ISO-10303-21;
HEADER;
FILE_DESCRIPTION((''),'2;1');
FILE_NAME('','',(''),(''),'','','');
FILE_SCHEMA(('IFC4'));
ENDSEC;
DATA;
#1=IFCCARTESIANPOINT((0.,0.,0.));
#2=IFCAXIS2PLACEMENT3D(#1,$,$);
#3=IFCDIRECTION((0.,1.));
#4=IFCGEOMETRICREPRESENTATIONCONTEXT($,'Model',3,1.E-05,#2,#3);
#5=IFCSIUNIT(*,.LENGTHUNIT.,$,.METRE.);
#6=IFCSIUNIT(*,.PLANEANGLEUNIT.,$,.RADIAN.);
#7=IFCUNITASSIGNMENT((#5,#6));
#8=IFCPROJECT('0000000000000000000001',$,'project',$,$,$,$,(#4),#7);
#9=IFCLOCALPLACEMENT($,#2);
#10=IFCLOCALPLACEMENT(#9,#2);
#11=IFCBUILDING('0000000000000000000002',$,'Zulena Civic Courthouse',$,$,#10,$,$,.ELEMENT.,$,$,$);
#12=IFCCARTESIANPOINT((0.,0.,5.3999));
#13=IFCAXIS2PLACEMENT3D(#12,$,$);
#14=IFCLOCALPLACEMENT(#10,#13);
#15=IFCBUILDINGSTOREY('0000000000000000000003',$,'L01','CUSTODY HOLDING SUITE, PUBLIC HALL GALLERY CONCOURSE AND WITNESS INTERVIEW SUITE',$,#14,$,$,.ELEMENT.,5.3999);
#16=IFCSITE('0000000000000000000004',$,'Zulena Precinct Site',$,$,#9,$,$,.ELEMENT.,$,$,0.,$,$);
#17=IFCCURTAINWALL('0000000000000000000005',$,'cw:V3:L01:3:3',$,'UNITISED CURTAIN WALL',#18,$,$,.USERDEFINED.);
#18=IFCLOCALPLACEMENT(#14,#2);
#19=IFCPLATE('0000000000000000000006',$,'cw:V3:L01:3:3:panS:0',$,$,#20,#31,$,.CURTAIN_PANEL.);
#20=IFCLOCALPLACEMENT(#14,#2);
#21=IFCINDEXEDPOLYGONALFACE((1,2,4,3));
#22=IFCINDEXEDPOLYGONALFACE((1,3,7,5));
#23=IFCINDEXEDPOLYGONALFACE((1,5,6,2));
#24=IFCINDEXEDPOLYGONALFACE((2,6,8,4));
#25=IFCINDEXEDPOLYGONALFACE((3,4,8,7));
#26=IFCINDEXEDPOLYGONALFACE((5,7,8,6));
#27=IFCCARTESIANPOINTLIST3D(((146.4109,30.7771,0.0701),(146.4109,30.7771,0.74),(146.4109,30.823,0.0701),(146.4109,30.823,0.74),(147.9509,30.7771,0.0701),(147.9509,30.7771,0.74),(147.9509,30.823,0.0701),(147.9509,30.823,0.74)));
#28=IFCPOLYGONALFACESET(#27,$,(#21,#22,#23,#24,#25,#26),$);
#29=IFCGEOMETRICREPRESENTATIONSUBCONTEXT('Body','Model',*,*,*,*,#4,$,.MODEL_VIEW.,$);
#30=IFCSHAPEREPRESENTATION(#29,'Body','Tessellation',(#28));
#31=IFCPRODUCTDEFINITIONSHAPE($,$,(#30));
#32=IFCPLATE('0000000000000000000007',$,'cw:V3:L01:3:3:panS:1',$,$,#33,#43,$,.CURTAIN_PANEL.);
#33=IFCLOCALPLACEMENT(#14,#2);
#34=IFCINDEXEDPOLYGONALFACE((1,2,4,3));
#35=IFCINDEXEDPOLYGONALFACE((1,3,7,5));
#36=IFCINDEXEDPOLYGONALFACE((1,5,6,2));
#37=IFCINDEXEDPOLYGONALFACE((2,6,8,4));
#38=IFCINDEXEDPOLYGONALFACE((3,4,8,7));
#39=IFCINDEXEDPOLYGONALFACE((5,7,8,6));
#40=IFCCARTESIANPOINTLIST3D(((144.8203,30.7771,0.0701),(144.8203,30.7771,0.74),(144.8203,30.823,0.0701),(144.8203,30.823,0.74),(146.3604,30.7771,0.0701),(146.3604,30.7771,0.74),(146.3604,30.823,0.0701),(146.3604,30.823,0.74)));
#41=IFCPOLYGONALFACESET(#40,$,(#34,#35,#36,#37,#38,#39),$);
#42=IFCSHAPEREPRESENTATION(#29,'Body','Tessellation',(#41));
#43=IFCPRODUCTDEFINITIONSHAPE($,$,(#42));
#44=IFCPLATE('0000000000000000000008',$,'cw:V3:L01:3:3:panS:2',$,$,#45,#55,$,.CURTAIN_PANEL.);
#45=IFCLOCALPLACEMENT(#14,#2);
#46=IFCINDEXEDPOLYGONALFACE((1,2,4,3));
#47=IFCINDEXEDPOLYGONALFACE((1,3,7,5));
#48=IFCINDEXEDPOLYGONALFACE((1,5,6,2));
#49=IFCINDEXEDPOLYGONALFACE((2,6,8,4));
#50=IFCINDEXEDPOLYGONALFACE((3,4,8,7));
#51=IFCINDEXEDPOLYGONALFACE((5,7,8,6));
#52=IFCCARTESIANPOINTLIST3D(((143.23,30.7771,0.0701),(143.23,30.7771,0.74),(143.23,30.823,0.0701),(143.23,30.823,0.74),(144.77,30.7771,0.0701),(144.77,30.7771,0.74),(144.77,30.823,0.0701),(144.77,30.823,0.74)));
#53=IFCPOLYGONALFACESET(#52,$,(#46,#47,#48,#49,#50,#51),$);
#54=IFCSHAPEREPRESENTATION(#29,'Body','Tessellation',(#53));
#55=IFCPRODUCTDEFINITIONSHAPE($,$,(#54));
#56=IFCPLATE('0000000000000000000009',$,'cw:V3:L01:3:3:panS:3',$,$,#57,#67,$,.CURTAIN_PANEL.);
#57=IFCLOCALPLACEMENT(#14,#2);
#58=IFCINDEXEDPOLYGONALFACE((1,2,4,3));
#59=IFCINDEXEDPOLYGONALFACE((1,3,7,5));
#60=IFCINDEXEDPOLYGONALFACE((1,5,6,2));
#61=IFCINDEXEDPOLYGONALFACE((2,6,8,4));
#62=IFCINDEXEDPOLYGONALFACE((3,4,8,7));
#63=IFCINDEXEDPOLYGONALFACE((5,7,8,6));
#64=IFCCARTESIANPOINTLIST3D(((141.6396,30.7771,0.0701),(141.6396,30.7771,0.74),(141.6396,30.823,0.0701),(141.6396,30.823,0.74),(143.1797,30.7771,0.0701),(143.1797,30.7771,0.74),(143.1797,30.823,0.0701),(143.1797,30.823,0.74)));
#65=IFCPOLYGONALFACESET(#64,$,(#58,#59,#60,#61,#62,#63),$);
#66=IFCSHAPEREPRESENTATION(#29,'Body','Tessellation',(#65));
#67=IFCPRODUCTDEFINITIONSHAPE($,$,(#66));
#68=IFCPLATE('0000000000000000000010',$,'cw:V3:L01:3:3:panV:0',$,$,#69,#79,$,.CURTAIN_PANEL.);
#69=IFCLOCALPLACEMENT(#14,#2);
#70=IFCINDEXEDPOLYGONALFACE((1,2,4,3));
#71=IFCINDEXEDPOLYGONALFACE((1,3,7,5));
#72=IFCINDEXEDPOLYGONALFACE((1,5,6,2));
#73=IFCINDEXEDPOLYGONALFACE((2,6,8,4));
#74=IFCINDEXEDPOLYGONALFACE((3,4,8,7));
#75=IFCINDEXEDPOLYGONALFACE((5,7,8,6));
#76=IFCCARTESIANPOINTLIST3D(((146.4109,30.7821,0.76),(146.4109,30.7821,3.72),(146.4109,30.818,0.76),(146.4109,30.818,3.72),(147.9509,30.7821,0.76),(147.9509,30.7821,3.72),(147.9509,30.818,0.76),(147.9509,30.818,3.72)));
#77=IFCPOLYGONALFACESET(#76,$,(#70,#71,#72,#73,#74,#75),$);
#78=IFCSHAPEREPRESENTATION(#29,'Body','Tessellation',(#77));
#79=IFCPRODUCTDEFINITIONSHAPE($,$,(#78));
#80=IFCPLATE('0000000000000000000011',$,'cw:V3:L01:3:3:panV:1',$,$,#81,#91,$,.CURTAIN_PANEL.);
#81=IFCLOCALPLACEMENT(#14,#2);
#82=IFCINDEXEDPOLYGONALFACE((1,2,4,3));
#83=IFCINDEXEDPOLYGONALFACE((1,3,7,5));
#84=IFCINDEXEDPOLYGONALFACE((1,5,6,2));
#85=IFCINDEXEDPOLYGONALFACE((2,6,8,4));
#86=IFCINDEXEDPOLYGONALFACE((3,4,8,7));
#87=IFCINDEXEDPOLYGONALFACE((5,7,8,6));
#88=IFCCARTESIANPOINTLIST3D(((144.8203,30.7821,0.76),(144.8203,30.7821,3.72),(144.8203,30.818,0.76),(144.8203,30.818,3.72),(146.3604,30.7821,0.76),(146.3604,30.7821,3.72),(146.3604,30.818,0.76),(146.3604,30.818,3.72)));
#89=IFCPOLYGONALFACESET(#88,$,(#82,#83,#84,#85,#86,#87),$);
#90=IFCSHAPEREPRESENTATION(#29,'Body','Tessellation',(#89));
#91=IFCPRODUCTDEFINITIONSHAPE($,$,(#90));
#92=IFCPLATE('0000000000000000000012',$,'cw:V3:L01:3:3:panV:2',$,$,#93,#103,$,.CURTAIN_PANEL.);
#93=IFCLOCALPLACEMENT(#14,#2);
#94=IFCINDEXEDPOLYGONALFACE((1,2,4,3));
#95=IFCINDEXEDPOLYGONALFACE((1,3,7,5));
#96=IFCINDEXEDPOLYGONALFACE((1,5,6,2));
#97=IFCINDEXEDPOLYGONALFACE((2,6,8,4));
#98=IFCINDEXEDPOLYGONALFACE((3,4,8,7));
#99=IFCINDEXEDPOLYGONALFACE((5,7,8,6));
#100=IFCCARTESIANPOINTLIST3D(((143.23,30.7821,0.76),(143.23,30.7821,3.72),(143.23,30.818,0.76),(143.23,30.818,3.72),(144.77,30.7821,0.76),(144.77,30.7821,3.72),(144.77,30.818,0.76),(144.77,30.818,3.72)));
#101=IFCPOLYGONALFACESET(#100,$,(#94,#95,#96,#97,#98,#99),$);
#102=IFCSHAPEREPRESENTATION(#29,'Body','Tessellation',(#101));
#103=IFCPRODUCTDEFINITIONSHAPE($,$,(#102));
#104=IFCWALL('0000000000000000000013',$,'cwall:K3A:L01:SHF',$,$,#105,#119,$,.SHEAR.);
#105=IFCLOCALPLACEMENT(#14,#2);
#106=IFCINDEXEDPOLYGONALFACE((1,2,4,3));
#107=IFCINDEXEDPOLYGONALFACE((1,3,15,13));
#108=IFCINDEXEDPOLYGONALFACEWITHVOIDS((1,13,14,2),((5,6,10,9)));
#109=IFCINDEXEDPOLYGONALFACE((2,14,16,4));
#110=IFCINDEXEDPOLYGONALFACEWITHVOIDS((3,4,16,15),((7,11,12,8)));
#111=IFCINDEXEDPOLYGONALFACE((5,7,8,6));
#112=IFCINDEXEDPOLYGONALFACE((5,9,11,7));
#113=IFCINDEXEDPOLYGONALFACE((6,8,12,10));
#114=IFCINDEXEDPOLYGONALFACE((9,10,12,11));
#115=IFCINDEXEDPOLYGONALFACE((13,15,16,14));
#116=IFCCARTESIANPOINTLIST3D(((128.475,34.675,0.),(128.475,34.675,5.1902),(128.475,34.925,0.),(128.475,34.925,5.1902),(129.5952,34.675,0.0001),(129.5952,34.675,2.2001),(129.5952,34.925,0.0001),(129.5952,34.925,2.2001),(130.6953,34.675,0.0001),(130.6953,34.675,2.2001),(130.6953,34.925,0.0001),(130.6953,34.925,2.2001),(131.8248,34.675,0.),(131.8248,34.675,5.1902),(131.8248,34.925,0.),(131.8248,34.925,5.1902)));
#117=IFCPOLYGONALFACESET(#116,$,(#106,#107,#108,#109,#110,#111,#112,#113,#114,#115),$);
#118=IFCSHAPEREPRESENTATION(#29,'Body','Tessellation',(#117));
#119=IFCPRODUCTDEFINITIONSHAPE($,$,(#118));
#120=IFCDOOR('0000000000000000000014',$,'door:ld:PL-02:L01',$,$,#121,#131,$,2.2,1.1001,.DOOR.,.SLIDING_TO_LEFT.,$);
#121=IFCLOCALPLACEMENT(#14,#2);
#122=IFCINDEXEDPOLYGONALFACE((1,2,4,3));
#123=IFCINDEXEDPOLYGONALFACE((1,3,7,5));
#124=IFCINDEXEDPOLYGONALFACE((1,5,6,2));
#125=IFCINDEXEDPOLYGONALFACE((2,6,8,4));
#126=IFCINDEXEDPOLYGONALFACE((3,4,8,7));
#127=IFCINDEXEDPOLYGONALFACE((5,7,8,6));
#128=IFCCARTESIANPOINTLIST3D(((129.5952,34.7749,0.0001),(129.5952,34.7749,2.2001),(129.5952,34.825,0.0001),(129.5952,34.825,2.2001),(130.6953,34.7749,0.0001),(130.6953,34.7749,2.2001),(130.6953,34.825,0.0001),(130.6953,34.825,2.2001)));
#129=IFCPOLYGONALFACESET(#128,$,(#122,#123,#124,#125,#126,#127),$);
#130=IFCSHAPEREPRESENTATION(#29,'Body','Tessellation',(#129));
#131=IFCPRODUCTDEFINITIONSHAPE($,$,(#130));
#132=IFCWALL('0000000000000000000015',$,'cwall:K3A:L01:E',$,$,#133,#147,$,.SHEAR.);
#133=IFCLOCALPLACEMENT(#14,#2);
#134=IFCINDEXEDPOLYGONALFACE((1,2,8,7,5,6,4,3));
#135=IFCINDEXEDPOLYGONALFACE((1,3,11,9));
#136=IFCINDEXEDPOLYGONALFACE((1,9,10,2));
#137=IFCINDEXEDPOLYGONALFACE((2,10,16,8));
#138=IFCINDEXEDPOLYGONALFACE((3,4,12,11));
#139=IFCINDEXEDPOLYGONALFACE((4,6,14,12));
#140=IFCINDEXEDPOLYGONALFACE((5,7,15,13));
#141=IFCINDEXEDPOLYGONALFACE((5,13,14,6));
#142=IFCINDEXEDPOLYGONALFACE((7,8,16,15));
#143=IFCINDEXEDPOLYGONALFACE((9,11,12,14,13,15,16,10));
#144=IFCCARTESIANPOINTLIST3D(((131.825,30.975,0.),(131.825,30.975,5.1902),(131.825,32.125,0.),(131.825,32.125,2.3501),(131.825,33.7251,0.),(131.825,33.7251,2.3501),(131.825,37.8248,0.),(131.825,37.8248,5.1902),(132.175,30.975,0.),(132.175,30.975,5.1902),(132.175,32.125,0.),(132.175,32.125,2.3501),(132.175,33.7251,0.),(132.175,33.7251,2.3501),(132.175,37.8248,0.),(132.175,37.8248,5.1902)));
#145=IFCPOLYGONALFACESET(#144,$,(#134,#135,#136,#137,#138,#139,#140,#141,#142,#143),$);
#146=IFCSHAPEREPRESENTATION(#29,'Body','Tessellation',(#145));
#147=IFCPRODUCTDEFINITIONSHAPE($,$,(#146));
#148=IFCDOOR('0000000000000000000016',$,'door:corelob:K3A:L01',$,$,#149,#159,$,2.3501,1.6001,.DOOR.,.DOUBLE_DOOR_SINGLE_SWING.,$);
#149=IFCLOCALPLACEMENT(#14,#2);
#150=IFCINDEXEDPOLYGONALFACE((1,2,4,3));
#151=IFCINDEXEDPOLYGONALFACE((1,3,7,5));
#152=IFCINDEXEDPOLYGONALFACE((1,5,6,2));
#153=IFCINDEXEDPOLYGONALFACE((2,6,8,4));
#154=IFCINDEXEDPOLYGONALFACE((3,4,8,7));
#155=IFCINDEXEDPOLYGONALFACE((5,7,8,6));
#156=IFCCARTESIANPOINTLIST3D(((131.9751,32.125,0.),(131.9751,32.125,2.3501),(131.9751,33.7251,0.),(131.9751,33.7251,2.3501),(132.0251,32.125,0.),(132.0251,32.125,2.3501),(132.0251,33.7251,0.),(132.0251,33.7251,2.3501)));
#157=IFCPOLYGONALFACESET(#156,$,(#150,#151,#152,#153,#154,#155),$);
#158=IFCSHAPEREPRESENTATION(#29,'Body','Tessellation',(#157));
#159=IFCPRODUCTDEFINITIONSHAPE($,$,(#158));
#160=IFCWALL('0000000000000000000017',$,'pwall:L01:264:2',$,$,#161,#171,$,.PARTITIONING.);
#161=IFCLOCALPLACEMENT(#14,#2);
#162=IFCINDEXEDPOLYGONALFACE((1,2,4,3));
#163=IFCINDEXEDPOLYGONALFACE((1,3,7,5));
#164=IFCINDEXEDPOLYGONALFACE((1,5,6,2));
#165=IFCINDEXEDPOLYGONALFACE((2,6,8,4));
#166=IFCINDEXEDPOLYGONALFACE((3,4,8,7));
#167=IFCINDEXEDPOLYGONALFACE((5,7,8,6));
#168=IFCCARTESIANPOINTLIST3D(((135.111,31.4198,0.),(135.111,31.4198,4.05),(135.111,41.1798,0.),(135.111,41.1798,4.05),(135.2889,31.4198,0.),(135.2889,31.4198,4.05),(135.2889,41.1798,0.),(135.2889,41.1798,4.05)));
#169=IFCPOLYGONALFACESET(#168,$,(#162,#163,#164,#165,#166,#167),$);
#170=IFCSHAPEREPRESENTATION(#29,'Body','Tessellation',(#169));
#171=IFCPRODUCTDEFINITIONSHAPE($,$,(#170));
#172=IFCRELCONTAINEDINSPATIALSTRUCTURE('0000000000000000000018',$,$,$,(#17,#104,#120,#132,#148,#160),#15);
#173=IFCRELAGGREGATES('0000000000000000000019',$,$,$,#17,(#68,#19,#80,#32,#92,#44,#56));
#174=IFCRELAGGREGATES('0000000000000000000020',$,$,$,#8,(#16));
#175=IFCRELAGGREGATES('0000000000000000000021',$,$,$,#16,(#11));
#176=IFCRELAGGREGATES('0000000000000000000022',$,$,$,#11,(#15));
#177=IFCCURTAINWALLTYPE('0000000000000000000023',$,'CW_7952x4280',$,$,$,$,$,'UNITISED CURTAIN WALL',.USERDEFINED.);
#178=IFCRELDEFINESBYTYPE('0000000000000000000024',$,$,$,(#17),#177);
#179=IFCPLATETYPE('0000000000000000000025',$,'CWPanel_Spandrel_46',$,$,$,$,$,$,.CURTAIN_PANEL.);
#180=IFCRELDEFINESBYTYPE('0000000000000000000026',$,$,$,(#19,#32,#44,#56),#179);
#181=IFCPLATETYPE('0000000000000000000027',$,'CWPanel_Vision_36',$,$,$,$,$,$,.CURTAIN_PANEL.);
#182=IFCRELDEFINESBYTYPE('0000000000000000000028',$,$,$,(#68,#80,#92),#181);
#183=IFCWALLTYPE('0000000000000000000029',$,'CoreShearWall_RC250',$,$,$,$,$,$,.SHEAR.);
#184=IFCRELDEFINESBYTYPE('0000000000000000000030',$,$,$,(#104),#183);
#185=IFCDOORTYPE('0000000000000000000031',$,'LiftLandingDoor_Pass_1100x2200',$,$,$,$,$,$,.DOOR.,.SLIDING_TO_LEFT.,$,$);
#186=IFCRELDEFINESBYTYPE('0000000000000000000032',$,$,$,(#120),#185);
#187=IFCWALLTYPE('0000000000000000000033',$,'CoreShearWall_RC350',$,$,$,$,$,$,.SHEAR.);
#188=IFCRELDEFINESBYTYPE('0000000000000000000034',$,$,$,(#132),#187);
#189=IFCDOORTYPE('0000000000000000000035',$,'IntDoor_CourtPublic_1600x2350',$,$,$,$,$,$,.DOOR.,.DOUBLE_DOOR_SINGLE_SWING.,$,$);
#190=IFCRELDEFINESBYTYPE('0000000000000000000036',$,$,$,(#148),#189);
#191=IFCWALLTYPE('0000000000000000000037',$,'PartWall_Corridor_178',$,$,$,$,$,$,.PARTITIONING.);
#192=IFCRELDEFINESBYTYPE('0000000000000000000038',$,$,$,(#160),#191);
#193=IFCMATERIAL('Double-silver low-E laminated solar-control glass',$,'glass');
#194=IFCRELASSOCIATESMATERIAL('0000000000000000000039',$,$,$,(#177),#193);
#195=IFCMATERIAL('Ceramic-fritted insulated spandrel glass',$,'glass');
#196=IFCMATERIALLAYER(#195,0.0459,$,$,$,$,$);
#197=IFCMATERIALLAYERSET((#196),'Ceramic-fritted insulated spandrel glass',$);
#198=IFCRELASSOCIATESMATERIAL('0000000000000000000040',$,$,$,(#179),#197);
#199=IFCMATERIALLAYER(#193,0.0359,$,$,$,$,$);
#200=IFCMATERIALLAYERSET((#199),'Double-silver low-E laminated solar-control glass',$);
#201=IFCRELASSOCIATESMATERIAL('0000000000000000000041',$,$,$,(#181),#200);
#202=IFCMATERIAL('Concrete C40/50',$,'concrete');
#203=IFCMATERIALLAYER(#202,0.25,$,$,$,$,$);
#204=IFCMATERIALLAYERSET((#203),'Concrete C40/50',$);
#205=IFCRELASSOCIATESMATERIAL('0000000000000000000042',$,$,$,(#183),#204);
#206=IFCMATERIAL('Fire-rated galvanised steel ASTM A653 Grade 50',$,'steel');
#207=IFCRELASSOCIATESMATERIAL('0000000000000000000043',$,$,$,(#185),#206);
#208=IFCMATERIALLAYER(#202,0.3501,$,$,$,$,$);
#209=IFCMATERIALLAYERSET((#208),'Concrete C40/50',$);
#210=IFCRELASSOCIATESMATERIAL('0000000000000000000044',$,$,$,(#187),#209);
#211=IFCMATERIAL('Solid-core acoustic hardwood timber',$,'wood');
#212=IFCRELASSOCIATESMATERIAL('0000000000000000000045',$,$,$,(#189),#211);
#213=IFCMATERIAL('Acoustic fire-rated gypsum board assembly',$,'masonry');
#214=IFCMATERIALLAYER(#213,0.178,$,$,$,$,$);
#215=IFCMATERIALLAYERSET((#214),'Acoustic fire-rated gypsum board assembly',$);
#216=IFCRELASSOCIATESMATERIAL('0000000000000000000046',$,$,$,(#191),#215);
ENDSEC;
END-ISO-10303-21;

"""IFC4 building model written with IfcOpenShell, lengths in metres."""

from ifc_helpers import new_model, si_unit, direction, frame, frame_2d, origin, origin_2d, place, context, subcontext, project, spatial, rectangle, extrude, material, layer, layer_set, type_object, element, fill, aggregate, save


model = new_model("IFC4")

# Units and contexts
model_context = context("Model", 3, precision=1e-05, world=origin(), true_north=direction((0.0, 1.0)))
body_context = subcontext(model_context, "Body", "Model", "MODEL_VIEW")
ifc_project = project(units=[si_unit("LENGTHUNIT", "METRE"), si_unit("PLANEANGLEUNIT", "RADIAN")], contexts=[model_context])

# Site, building, storey
site_placement = place(None, origin())
site = spatial("IfcSite", under=ifc_project, at=site_placement, Name="Zulena Precinct Site", CompositionType="ELEMENT", RefElevation=0.0)
building_placement = place(site_placement, origin())
building = spatial("IfcBuilding", under=site, at=building_placement, Name="Zulena Civic Courthouse", CompositionType="ELEMENT")
storey_placement = place(building_placement, frame((0.0, 0.0, 5.3999)))
storey = spatial("IfcBuildingStorey", under=building, at=storey_placement, Name="L01", Description="CUSTODY HOLDING SUITE, PUBLIC HALL GALLERY CONCOURSE AND WITNESS INTERVIEW SUITE", CompositionType="ELEMENT", Elevation=5.3999)

# Curtain wall
ifc_material_1 = material(Name="Double-silver low-E laminated solar-control glass", Category="glass")
curtain_wall_type = type_object("IfcCurtainWallType", Name="CW_7952x4280", ElementType="UNITISED CURTAIN WALL", PredefinedType="USERDEFINED", material=ifc_material_1)
curtain_wall_placement = place(storey_placement, origin())
curtain_wall = element("IfcCurtainWall", 1, at=curtain_wall_placement, inside=storey, type_object=curtain_wall_type, Name="cw:V3:L01:3:3", ObjectType="UNITISED CURTAIN WALL", PredefinedType="USERDEFINED")

# Plates
ifc_material_2 = material(Name="Ceramic-fritted insulated spandrel glass", Category="glass")
ifc_layer_1 = layer(ifc_material_2, 0.0459)
ifc_layer_set_1 = layer_set([ifc_layer_1], Name="Ceramic-fritted insulated spandrel glass")
plate_type_1 = type_object("IfcPlateType", Name="CWPanel_Spandrel_46", PredefinedType="CURTAIN_PANEL", material=ifc_layer_set_1)
plate_1_placement = place(storey_placement, frame((147.1809, 30.8, 0.0701), z_axis=(0.0, 0.0, 1.0), x_axis=(-1.0, 0.0, 0.0)))
plate_1 = element("IfcPlate", 2, at=plate_1_placement, type_object=plate_type_1, Name="cw:V3:L01:3:3:panS:0", PredefinedType="CURTAIN_PANEL", context=body_context, shape_type="SweptSolid", body=[
    extrude(rectangle(XDim=1.54, YDim=0.0459, at=origin_2d()), origin(), (0.0, 0.0, 1.0), 0.6699),
])
plate_2_placement = place(storey_placement, frame((145.5903, 30.8, 0.0701), z_axis=(0.0, 0.0, 1.0), x_axis=(-1.0, 0.0, 0.0)))
plate_2 = element("IfcPlate", 3, at=plate_2_placement, type_object=plate_type_1, Name="cw:V3:L01:3:3:panS:1", PredefinedType="CURTAIN_PANEL", context=body_context, shape_type="SweptSolid", body=[
    extrude(rectangle(XDim=1.54, YDim=0.0459, at=origin_2d()), origin(), (0.0, 0.0, 1.0), 0.6699),
])
plate_3_placement = place(storey_placement, frame((144.0, 30.8, 0.0701), z_axis=(0.0, 0.0, 1.0), x_axis=(-1.0, 0.0, 0.0)))
plate_3 = element("IfcPlate", 4, at=plate_3_placement, type_object=plate_type_1, Name="cw:V3:L01:3:3:panS:2", PredefinedType="CURTAIN_PANEL", context=body_context, shape_type="SweptSolid", body=[
    extrude(rectangle(XDim=1.54, YDim=0.0459, at=origin_2d()), origin(), (0.0, 0.0, 1.0), 0.6699),
])
plate_4_placement = place(storey_placement, frame((142.4097, 30.8, 0.0701), z_axis=(0.0, 0.0, 1.0), x_axis=(-1.0, 0.0, 0.0)))
plate_4 = element("IfcPlate", 5, at=plate_4_placement, type_object=plate_type_1, Name="cw:V3:L01:3:3:panS:3", PredefinedType="CURTAIN_PANEL", context=body_context, shape_type="SweptSolid", body=[
    extrude(rectangle(XDim=1.54, YDim=0.0459, at=origin_2d()), origin(), (0.0, 0.0, 1.0), 0.6699),
])
ifc_layer_2 = layer(ifc_material_1, 0.0359)
ifc_layer_set_2 = layer_set([ifc_layer_2], Name="Double-silver low-E laminated solar-control glass")
plate_type_2 = type_object("IfcPlateType", Name="CWPanel_Vision_36", PredefinedType="CURTAIN_PANEL", material=ifc_layer_set_2)
plate_5_placement = place(storey_placement, frame((147.1809, 30.8, 0.76), z_axis=(0.0, 0.0, 1.0), x_axis=(-1.0, 0.0, 0.0)))
plate_5 = element("IfcPlate", 6, at=plate_5_placement, type_object=plate_type_2, Name="cw:V3:L01:3:3:panV:0", PredefinedType="CURTAIN_PANEL", context=body_context, shape_type="SweptSolid", body=[
    extrude(rectangle(XDim=1.54, YDim=0.0359, at=origin_2d()), origin(), (0.0, 0.0, 1.0), 2.96),
])
plate_6_placement = place(storey_placement, frame((145.5903, 30.8, 0.76), z_axis=(0.0, 0.0, 1.0), x_axis=(-1.0, 0.0, 0.0)))
plate_6 = element("IfcPlate", 7, at=plate_6_placement, type_object=plate_type_2, Name="cw:V3:L01:3:3:panV:1", PredefinedType="CURTAIN_PANEL", context=body_context, shape_type="SweptSolid", body=[
    extrude(rectangle(XDim=1.54, YDim=0.0359, at=origin_2d()), origin(), (0.0, 0.0, 1.0), 2.96),
])
plate_7_placement = place(storey_placement, frame((144.0, 30.8, 0.76), z_axis=(0.0, 0.0, 1.0), x_axis=(-1.0, 0.0, 0.0)))
plate_7 = element("IfcPlate", 8, at=plate_7_placement, type_object=plate_type_2, Name="cw:V3:L01:3:3:panV:2", PredefinedType="CURTAIN_PANEL", context=body_context, shape_type="SweptSolid", body=[
    extrude(rectangle(XDim=1.54, YDim=0.0359, at=origin_2d()), origin(), (0.0, 0.0, 1.0), 2.96),
])
aggregate(curtain_wall, [plate_5, plate_1, plate_6, plate_2, plate_7, plate_3, plate_4])

# Walls, openings, doors
ifc_material_3 = material(Name="Concrete C40/50", Category="concrete")
ifc_layer_3 = layer(ifc_material_3, 0.25)
ifc_layer_set_3 = layer_set([ifc_layer_3], Name="Concrete C40/50")
wall_type_1 = type_object("IfcWallType", Name="CoreShearWall_RC250", PredefinedType="SHEAR", material=ifc_layer_set_3)
wall_1_placement = place(storey_placement, frame((128.4751, 34.8, 0.0), z_axis=(0.0, 0.0, 1.0), x_axis=(1.0, 0.0, 0.0)))
wall_1 = element("IfcWall", 9, at=wall_1_placement, inside=storey, type_object=wall_type_1, Name="cwall:K3A:L01:SHF", PredefinedType="SHEAR", context=body_context, shape_type="SweptSolid", body=[
    extrude(rectangle(XDim=3.3499, YDim=0.25, at=frame_2d((1.6748, 0.0))), origin(), (0.0, 0.0, 1.0), 5.1902),
])
opening_1_placement = place(wall_1_placement, frame((1.1201, 0.0, 0.0)))
opening_1 = element("IfcOpeningElement", 10, at=opening_1_placement, cuts=wall_1, PredefinedType="OPENING", context=body_context, shape_type="SweptSolid", body=[
    extrude(rectangle(XDim=1.1001, YDim=2.2, at=frame_2d((0.55, 1.1001))), frame((0.0, 0.135, 0.0), z_axis=(0.0, -1.0, 0.0), x_axis=(1.0, 0.0, 0.0)), (0.0, 0.0, 1.0), 0.27),
])
ifc_material_4 = material(Name="Fire-rated galvanised steel ASTM A653 Grade 50", Category="steel")
door_type_1 = type_object("IfcDoorType", Name="LiftLandingDoor_Pass_1100x2200", OperationType="SLIDING_TO_LEFT", PredefinedType="DOOR", material=ifc_material_4)
door_1_placement = place(opening_1_placement, origin())
door_1 = element("IfcDoor", 11, at=door_1_placement, inside=storey, type_object=door_type_1, Name="door:ld:PL-02:L01", OperationType="SLIDING_TO_LEFT", OverallHeight=2.2, OverallWidth=1.1001, PredefinedType="DOOR", context=body_context, shape_type="SweptSolid", body=[
    extrude(rectangle(XDim=1.1001, YDim=2.2, at=frame_2d((0.55, 1.1001))), frame((0.0, 0.0249, 0.0), z_axis=(0.0, -1.0, 0.0), x_axis=(1.0, 0.0, 0.0)), (0.0, 0.0, 1.0), 0.05),
])
fill(opening_1, door_1)
ifc_layer_4 = layer(ifc_material_3, 0.3501)
ifc_layer_set_4 = layer_set([ifc_layer_4], Name="Concrete C40/50")
wall_type_2 = type_object("IfcWallType", Name="CoreShearWall_RC350", PredefinedType="SHEAR", material=ifc_layer_set_4)
wall_2_placement = place(storey_placement, frame((132.0, 30.9751, 0.0), z_axis=(0.0, 0.0, 1.0), x_axis=(0.0, 1.0, 0.0)))
wall_2 = element("IfcWall", 12, at=wall_2_placement, inside=storey, type_object=wall_type_2, Name="cwall:K3A:L01:E", PredefinedType="SHEAR", context=body_context, shape_type="SweptSolid", body=[
    extrude(rectangle(XDim=6.8499, YDim=0.3501, at=frame_2d((3.4248, 0.0))), origin(), (0.0, 0.0, 1.0), 5.1902),
])
opening_2_placement = place(wall_2_placement, frame((1.1499, 0.0, 0.0)))
opening_2 = element("IfcOpeningElement", 13, at=opening_2_placement, cuts=wall_2, PredefinedType="OPENING", context=body_context, shape_type="SweptSolid", body=[
    extrude(rectangle(XDim=1.6001, YDim=2.3501, at=frame_2d((0.8, 1.175))), frame((0.0, 0.1851, 0.0), z_axis=(0.0, -1.0, 0.0), x_axis=(1.0, 0.0, 0.0)), (0.0, 0.0, 1.0), 0.3701),
])
ifc_material_5 = material(Name="Solid-core acoustic hardwood timber", Category="wood")
door_type_2 = type_object("IfcDoorType", Name="IntDoor_CourtPublic_1600x2350", OperationType="DOUBLE_DOOR_SINGLE_SWING", PredefinedType="DOOR", material=ifc_material_5)
door_2_placement = place(opening_2_placement, origin())
door_2 = element("IfcDoor", 14, at=door_2_placement, inside=storey, type_object=door_type_2, Name="door:corelob:K3A:L01", OperationType="DOUBLE_DOOR_SINGLE_SWING", OverallHeight=2.3501, OverallWidth=1.6001, PredefinedType="DOOR", context=body_context, shape_type="SweptSolid", body=[
    extrude(rectangle(XDim=1.6001, YDim=2.3501, at=frame_2d((0.8, 1.175))), frame((0.0, 0.0249, 0.0), z_axis=(0.0, -1.0, 0.0), x_axis=(1.0, 0.0, 0.0)), (0.0, 0.0, 1.0), 0.05),
])
fill(opening_2, door_2)

# Wall
ifc_material_6 = material(Name="Acoustic fire-rated gypsum board assembly", Category="masonry")
ifc_layer_5 = layer(ifc_material_6, 0.178)
ifc_layer_set_5 = layer_set([ifc_layer_5], Name="Acoustic fire-rated gypsum board assembly")
wall_type_3 = type_object("IfcWallType", Name="PartWall_Corridor_178", PredefinedType="PARTITIONING", material=ifc_layer_set_5)
wall_3_placement = place(storey_placement, frame((135.2, 31.4199, 0.0), z_axis=(0.0, 0.0, 1.0), x_axis=(0.0, 1.0, 0.0)))
element("IfcWall", 15, at=wall_3_placement, inside=storey, type_object=wall_type_3, Name="pwall:L01:264:2", PredefinedType="PARTITIONING", context=body_context, shape_type="SweptSolid", body=[
    extrude(rectangle(XDim=9.76, YDim=0.178, at=frame_2d((4.8799, 0.0))), origin(), (0.0, 0.0, 1.0), 4.05),
])

save(model, "model.ifc")
